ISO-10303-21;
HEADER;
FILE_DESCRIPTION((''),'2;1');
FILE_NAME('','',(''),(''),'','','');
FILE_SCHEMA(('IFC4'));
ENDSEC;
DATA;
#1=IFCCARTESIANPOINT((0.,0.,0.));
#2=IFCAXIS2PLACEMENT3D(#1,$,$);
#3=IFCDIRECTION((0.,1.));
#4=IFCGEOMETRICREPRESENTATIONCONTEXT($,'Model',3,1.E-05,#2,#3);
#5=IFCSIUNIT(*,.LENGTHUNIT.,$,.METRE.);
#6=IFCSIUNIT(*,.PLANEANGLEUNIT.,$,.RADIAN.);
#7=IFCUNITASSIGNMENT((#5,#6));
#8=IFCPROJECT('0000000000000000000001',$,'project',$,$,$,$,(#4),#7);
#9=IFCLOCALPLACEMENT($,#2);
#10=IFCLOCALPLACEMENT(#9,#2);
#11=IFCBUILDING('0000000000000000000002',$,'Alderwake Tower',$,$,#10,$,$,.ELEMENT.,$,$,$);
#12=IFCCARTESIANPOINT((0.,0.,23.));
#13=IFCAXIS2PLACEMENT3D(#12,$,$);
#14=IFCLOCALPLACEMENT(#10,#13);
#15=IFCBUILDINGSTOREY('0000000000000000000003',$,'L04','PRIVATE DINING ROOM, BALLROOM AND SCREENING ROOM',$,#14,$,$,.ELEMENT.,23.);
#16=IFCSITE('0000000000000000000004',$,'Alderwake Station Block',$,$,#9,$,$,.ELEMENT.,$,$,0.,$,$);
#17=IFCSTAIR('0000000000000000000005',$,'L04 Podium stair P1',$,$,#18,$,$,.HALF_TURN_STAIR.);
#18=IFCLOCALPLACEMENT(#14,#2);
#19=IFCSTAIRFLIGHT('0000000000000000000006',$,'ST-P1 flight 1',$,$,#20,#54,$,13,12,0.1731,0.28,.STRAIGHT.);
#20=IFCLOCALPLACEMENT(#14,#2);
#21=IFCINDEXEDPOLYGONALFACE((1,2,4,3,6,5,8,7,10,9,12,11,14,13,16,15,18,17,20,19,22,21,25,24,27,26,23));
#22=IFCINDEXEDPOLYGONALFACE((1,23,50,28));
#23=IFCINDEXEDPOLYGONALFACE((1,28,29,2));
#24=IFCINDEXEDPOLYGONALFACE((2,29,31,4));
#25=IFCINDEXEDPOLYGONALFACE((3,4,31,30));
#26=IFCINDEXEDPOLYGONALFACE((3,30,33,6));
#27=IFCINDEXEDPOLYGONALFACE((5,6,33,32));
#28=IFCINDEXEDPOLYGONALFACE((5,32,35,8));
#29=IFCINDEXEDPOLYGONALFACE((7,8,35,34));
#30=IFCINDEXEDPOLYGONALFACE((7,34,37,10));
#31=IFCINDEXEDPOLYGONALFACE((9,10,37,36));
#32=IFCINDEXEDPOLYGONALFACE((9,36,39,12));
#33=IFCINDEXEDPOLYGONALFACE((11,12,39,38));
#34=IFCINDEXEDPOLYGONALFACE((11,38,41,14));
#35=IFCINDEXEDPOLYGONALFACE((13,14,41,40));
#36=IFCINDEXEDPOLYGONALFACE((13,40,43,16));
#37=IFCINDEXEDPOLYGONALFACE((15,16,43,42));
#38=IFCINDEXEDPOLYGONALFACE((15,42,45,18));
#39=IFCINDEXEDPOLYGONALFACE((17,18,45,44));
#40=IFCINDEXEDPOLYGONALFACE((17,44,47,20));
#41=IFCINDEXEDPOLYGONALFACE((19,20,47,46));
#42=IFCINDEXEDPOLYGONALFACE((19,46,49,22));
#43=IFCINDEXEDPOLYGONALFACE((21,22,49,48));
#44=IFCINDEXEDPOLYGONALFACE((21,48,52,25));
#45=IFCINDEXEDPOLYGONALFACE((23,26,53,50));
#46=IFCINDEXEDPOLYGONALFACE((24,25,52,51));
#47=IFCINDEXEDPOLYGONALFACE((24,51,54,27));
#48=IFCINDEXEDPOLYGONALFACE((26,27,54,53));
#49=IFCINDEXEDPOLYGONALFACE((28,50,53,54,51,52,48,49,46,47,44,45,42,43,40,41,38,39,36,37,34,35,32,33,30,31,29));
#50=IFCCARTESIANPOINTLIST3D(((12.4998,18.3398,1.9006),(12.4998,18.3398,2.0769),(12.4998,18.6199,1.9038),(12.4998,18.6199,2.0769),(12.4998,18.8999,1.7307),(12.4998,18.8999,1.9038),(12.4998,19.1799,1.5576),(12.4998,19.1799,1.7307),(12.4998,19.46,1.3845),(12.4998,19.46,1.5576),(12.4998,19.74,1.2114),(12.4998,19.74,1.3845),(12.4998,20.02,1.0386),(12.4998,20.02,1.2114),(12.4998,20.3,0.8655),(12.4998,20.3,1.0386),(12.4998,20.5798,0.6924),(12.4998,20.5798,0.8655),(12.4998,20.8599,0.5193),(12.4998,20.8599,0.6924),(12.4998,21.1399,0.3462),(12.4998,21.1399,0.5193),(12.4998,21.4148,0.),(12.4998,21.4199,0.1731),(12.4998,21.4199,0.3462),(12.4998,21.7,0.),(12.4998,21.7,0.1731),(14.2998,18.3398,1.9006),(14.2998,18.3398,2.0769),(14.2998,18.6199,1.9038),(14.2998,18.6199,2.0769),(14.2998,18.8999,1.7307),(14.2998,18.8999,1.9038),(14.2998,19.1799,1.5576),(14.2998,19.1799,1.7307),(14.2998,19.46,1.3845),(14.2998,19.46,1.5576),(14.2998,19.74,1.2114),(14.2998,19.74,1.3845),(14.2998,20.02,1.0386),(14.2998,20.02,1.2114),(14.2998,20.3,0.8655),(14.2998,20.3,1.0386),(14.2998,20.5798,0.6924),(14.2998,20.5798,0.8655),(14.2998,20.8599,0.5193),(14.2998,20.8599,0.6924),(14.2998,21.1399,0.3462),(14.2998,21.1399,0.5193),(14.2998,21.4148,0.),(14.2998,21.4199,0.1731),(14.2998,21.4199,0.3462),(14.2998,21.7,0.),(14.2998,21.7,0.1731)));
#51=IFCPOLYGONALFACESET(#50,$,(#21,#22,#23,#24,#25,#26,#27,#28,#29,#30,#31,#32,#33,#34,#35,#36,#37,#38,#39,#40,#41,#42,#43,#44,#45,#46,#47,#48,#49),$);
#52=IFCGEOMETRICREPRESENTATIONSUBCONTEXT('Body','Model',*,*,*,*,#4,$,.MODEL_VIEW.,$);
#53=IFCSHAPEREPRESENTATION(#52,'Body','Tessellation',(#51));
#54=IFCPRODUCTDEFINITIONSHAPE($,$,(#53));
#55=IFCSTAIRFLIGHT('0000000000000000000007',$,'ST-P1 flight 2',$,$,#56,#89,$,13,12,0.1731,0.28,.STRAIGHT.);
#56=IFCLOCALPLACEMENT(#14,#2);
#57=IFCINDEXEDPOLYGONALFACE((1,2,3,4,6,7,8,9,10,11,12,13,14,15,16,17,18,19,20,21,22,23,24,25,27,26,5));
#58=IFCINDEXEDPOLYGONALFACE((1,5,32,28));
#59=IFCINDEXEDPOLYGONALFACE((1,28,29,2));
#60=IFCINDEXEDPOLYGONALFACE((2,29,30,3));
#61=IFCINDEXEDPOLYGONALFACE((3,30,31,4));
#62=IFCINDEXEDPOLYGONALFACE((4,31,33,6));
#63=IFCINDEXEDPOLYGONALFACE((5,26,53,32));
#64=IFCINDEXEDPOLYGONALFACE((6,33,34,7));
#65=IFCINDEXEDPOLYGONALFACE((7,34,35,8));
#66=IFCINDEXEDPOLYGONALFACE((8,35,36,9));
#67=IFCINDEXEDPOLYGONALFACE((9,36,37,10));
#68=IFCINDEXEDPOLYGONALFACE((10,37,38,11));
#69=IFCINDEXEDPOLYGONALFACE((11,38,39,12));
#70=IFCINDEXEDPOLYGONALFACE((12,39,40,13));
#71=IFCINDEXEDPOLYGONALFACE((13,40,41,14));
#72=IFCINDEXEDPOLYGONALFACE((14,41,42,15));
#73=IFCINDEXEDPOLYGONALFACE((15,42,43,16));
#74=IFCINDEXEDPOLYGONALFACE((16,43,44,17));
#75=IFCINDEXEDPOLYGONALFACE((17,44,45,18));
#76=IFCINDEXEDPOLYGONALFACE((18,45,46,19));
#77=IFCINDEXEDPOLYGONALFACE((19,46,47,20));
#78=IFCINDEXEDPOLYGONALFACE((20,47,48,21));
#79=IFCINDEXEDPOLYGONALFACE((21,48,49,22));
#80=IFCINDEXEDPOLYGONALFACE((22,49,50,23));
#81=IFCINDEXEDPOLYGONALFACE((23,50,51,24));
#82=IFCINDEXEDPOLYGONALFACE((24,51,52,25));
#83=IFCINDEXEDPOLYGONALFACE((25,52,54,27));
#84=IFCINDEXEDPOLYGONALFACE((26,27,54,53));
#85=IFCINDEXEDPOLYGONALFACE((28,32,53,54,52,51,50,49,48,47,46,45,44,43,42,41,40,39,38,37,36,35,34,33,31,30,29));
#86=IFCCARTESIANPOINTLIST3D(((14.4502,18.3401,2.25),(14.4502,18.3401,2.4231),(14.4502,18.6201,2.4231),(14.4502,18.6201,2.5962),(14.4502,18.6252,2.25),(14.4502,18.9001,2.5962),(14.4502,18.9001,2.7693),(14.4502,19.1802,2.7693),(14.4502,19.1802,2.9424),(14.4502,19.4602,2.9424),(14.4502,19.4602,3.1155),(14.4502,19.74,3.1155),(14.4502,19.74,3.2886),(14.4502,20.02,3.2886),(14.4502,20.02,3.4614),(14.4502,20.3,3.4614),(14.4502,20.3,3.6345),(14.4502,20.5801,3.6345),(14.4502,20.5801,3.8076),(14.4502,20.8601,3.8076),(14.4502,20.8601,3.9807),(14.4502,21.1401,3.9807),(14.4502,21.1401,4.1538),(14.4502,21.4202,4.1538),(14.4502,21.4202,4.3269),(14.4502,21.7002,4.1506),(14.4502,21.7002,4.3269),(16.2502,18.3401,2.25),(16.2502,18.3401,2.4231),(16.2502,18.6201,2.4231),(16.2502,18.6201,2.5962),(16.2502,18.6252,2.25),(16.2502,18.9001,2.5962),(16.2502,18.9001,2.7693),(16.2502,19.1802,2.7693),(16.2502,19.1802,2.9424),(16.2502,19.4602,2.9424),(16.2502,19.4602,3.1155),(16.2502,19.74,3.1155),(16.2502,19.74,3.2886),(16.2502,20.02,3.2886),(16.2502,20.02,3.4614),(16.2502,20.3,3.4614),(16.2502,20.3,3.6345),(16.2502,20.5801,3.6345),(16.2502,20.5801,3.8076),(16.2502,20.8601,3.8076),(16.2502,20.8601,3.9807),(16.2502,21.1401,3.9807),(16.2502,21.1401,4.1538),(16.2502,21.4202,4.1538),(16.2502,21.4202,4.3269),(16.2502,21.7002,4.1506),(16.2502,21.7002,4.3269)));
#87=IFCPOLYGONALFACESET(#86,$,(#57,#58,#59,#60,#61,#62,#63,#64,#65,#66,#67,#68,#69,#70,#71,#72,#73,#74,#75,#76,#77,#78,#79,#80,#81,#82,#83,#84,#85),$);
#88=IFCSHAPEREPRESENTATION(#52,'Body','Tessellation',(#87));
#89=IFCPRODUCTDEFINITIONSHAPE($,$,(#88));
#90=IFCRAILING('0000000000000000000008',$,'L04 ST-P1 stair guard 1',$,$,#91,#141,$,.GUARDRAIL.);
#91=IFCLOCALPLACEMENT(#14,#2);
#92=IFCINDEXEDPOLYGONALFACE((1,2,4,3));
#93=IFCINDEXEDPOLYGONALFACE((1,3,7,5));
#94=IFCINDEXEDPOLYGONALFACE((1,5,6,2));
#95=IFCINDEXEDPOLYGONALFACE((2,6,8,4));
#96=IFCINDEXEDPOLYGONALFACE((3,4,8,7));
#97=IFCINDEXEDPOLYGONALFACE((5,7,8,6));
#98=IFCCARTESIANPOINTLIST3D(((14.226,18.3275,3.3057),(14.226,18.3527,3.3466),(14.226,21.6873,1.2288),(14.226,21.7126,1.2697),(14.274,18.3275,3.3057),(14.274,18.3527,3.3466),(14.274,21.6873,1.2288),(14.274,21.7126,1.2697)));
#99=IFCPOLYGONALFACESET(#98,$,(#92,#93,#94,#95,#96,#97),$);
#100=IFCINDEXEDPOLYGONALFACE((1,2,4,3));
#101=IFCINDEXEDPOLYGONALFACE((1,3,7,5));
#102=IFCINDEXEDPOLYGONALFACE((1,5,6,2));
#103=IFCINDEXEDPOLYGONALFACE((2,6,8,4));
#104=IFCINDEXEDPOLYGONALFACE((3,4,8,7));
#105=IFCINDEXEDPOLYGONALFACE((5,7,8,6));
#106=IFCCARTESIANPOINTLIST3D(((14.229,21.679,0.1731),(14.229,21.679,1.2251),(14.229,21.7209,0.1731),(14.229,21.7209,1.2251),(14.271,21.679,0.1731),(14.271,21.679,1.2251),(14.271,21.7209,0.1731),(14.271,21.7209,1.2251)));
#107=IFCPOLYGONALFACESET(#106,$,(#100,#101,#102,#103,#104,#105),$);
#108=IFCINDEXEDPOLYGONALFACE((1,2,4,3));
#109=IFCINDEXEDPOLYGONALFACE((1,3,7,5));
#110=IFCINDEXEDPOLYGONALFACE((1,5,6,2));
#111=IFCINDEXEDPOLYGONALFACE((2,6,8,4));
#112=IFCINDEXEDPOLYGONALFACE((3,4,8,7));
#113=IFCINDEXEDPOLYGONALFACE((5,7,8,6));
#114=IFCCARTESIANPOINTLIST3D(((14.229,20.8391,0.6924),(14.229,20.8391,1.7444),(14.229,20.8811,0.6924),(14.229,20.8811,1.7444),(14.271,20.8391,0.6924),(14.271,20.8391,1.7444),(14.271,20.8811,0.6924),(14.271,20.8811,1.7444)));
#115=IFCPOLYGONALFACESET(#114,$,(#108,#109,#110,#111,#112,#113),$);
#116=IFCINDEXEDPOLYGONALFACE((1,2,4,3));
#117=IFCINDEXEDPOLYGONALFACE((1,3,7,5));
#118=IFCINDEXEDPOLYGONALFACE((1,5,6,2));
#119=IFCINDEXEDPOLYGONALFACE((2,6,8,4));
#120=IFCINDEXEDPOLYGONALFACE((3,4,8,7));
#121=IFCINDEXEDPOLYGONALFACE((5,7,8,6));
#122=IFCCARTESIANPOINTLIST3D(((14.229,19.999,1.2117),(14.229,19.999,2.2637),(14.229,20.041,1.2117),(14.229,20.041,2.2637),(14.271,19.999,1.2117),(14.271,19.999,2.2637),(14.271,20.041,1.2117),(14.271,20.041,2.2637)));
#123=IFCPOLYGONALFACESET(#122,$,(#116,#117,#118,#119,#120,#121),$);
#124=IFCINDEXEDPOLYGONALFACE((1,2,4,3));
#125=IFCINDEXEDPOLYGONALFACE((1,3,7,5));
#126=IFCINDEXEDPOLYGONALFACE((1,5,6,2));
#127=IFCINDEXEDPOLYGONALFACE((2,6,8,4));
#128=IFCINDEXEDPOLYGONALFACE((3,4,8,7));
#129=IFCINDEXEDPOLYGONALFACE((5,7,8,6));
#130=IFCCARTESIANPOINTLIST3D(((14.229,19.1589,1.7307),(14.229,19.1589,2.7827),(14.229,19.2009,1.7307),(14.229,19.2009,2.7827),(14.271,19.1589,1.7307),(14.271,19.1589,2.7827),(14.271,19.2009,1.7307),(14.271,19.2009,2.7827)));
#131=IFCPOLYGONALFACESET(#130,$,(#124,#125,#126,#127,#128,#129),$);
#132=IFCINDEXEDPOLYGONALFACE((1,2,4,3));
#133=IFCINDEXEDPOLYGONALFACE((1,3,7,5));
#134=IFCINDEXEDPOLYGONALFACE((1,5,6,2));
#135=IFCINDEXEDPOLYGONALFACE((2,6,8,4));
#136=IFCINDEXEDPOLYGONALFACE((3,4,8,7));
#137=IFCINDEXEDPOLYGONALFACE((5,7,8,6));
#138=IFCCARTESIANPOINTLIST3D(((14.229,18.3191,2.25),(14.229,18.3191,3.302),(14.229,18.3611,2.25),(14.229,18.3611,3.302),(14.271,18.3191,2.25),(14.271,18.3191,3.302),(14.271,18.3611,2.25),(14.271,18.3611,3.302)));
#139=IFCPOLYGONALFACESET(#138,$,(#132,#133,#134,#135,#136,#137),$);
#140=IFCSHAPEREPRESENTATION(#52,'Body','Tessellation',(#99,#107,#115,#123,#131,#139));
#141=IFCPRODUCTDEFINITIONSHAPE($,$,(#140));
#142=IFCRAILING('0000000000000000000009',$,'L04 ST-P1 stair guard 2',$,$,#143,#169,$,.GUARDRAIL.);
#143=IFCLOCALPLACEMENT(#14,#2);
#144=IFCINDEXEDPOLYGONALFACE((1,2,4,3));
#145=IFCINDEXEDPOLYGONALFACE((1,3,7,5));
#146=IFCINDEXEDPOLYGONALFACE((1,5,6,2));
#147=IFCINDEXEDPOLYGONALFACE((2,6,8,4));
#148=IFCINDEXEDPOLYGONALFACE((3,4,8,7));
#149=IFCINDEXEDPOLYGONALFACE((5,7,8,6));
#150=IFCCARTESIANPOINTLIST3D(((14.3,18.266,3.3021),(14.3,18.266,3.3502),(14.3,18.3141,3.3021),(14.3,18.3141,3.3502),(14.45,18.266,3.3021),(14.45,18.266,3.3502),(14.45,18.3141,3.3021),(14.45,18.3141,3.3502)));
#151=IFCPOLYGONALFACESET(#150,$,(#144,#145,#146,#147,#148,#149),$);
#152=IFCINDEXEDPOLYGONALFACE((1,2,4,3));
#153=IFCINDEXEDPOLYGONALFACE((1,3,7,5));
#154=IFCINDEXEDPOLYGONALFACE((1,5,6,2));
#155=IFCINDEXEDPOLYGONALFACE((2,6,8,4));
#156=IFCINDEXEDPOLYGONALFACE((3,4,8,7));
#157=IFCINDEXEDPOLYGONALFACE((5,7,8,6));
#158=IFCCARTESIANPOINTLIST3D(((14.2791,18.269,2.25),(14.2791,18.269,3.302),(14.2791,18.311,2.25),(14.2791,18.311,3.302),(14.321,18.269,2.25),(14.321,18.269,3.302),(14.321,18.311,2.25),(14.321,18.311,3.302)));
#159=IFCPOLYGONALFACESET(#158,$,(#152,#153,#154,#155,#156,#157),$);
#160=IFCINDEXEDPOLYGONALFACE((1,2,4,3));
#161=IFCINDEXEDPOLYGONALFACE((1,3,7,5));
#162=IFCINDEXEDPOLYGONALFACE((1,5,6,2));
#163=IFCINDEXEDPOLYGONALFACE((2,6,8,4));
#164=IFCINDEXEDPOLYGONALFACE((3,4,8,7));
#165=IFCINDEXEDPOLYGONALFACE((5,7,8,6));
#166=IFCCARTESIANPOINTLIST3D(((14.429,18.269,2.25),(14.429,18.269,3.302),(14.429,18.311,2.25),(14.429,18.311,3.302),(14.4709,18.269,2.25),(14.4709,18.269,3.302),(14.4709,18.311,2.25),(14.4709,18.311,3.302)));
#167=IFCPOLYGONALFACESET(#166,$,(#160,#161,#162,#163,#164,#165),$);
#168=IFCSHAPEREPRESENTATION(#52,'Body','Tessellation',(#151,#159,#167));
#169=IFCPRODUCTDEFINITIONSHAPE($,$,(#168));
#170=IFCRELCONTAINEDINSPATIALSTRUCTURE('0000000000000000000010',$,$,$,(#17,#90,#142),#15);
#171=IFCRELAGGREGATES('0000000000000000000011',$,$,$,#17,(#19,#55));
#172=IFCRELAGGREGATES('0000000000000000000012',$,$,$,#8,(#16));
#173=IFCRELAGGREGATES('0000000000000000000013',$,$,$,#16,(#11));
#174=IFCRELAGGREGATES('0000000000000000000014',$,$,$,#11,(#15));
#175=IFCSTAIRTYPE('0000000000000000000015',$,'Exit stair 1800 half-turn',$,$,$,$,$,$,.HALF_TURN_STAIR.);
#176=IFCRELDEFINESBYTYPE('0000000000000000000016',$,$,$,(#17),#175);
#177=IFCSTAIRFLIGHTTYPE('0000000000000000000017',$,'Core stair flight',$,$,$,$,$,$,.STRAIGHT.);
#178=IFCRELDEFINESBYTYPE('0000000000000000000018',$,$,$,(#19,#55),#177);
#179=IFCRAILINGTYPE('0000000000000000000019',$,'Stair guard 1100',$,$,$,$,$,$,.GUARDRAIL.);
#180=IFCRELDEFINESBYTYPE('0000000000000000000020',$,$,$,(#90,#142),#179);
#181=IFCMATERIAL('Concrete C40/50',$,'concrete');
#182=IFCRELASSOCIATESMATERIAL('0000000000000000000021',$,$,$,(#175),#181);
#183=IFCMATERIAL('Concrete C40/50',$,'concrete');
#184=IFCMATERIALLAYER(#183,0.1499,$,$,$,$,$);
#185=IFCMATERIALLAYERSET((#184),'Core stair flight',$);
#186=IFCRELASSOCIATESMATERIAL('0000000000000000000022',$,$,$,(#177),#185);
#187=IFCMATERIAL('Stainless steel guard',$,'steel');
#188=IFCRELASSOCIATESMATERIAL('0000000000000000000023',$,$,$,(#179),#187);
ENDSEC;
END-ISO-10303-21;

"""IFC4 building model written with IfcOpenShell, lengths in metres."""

from ifc_helpers import new_model, si_unit, direction, frame, origin, origin_with_axes, origin_2d, place, context, subcontext, project, spatial, polyline, rectangle, outline, extrude, material, layer, layer_set, type_object, element, aggregate, save


model = new_model("IFC4")

# Units and contexts
model_context = context("Model", 3, precision=1e-05, world=origin(), true_north=direction((0.0, 1.0)))
body_context = subcontext(model_context, "Body", "Model", "MODEL_VIEW")
ifc_project = project(units=[si_unit("LENGTHUNIT", "METRE"), si_unit("PLANEANGLEUNIT", "RADIAN")], contexts=[model_context])

# Site, building, storey
site_placement = place(None, origin())
site = spatial("IfcSite", under=ifc_project, at=site_placement, Name="Alderwake Station Block", CompositionType="ELEMENT", RefElevation=0.0)
building_placement = place(site_placement, origin())
building = spatial("IfcBuilding", under=site, at=building_placement, Name="Alderwake Tower", CompositionType="ELEMENT")
storey_placement = place(building_placement, frame((0.0, 0.0, 23.0)))
storey = spatial("IfcBuildingStorey", under=building, at=storey_placement, Name="L04", Description="PRIVATE DINING ROOM, BALLROOM AND SCREENING ROOM", CompositionType="ELEMENT", Elevation=23.0)

# Stair, stair flights
ifc_material_1 = material(Name="Concrete C40/50", Category="concrete")
stair_type = type_object("IfcStairType", Name="Exit stair 1800 half-turn", PredefinedType="HALF_TURN_STAIR", material=ifc_material_1)
stair_placement = place(storey_placement, origin())
stair = element("IfcStair", 1, at=stair_placement, inside=storey, type_object=stair_type, Name="L04 Podium stair P1", PredefinedType="HALF_TURN_STAIR")
ifc_material_2 = material(Name="Concrete C40/50", Category="concrete")
ifc_layer_1 = layer(ifc_material_2, 0.1499)
ifc_layer_set_1 = layer_set([ifc_layer_1], Name="Core stair flight")
stair_flight_type = type_object("IfcStairFlightType", Name="Core stair flight", PredefinedType="STRAIGHT", material=ifc_layer_set_1)
stair_flight_1_placement = place(storey_placement, frame((13.3999, 21.7, 0.0), z_axis=(0.0, 0.0, 1.0), x_axis=(0.0, -1.0, 0.0)))
stair_flight_1 = element("IfcStairFlight", 2, at=stair_flight_1_placement, type_object=stair_flight_type, Name="ST-P1 flight 1", NumberOfRisers=13, NumberOfTreads=12, PredefinedType="STRAIGHT", RiserHeight=0.1731, TreadLength=0.28, context=body_context, shape_type="SweptSolid", body=[
    extrude(outline(polyline([(0.0, 0.0), (0.0, 0.1731), (0.28, 0.1731), (0.28, 0.3462), (0.5601, 0.3462), (0.5601, 0.5193), (0.8401, 0.5193), (0.8401, 0.6924), (1.1201, 0.6924), (1.1201, 0.8655), (1.3999, 0.8655), (1.3999, 1.0386), (1.6799, 1.0386), (1.6799, 1.2114), (1.96, 1.2114), (1.96, 1.3845), (2.24, 1.3845), (2.24, 1.5576), (2.52, 1.5576), (2.52, 1.7307), (2.8, 1.7307), (2.8, 1.9038), (3.0801, 1.9038), (3.0801, 2.0769), (3.3601, 2.0769), (3.3601, 2.25), (3.3601, 1.9006), (0.2852, 0.0), (0.0, 0.0)])), frame((0.0, 0.8999, 0.0), z_axis=(0.0, -1.0, 0.0), x_axis=(1.0, 0.0, 0.0)), (0.0, 0.0, 1.0), 1.8),
])
stair_flight_2_placement = place(storey_placement, frame((15.3501, 18.3401, 2.25), z_axis=(0.0, 0.0, 1.0), x_axis=(0.0, 1.0, 0.0)))
stair_flight_2 = element("IfcStairFlight", 3, at=stair_flight_2_placement, type_object=stair_flight_type, Name="ST-P1 flight 2", NumberOfRisers=13, NumberOfTreads=12, PredefinedType="STRAIGHT", RiserHeight=0.1731, TreadLength=0.28, context=body_context, shape_type="SweptSolid", body=[
    extrude(outline(polyline([(0.0, 0.0), (0.0, 0.1731), (0.28, 0.1731), (0.28, 0.3462), (0.5601, 0.3462), (0.5601, 0.5193), (0.8401, 0.5193), (0.8401, 0.6924), (1.1201, 0.6924), (1.1201, 0.8655), (1.3999, 0.8655), (1.3999, 1.0386), (1.6799, 1.0386), (1.6799, 1.2114), (1.96, 1.2114), (1.96, 1.3845), (2.24, 1.3845), (2.24, 1.5576), (2.52, 1.5576), (2.52, 1.7307), (2.8, 1.7307), (2.8, 1.9038), (3.0801, 1.9038), (3.0801, 2.0769), (3.3601, 2.0769), (3.3601, 2.25), (3.3601, 1.9006), (0.2852, 0.0), (0.0, 0.0)])), frame((0.0, 0.8999, 0.0), z_axis=(0.0, -1.0, 0.0), x_axis=(1.0, 0.0, 0.0)), (0.0, 0.0, 1.0), 1.8),
])
aggregate(stair, [stair_flight_1, stair_flight_2])

# Railings
ifc_material_3 = material(Name="Stainless steel guard", Category="steel")
railing_type_1 = type_object("IfcRailingType", Name="Stair guard 1100", PredefinedType="GUARDRAIL", material=ifc_material_3)
railing_1_placement = place(storey_placement, frame((14.25, 21.7, 0.1731)))
element("IfcRailing", 4, at=railing_1_placement, inside=storey, type_object=railing_type_1, Name="L04 ST-P1 stair guard 1", PredefinedType="GUARDRAIL", context=body_context, shape_type="SweptSolid", body=[
    extrude(rectangle(XDim=0.0481, YDim=0.0481, at=origin_2d()), frame((0.0, 0.0, 1.0762), z_axis=(0.0, -0.850606, 0.525803), x_axis=(1.0, 0.0, 0.0)), (0.0, 0.0, 1.0), 3.95),
    extrude(rectangle(XDim=0.042, YDim=0.042, at=origin_2d()), frame((0.0, 0.0, 0.0), z_axis=(0.0, 0.0, 1.0), x_axis=(0.0, -1.0, 0.0)), (0.0, 0.0, 1.0), 1.052),
    extrude(rectangle(XDim=0.042, YDim=0.042, at=origin_2d()), frame((0.0, -0.8398, 0.5193), z_axis=(0.0, 0.0, 1.0), x_axis=(0.0, -1.0, 0.0)), (0.0, 0.0, 1.0), 1.052),
    extrude(rectangle(XDim=0.042, YDim=0.042, at=origin_2d()), frame((0.0, -1.6799, 1.0386), z_axis=(0.0, 0.0, 1.0), x_axis=(0.0, -1.0, 0.0)), (0.0, 0.0, 1.0), 1.052),
    extrude(rectangle(XDim=0.042, YDim=0.042, at=origin_2d()), frame((0.0, -2.52, 1.5576), z_axis=(0.0, 0.0, 1.0), x_axis=(0.0, -1.0, 0.0)), (0.0, 0.0, 1.0), 1.052),
    extrude(rectangle(XDim=0.042, YDim=0.042, at=origin_2d()), frame((0.0, -3.3599, 2.0769), z_axis=(0.0, 0.0, 1.0), x_axis=(0.0, -1.0, 0.0)), (0.0, 0.0, 1.0), 1.052),
])
railing_2_placement = place(storey_placement, frame((14.3, 18.29, 2.25)))
element("IfcRailing", 5, at=railing_2_placement, inside=storey, type_object=railing_type_1, Name="L04 ST-P1 stair guard 2", PredefinedType="GUARDRAIL", context=body_context, shape_type="SweptSolid", body=[
    extrude(rectangle(XDim=0.0481, YDim=0.0481, at=origin_2d()), frame((0.0, 0.0, 1.0762), z_axis=(1.0, 0.0, 0.0), x_axis=(0.0, 1.0, 0.0)), (0.0, 0.0, 1.0), 0.1499),
    extrude(rectangle(XDim=0.042, YDim=0.042, at=origin_2d()), origin_with_axes(), (0.0, 0.0, 1.0), 1.052),
    extrude(rectangle(XDim=0.042, YDim=0.042, at=origin_2d()), frame((0.1499, 0.0, 0.0), z_axis=(0.0, 0.0, 1.0), x_axis=(1.0, 0.0, 0.0)), (0.0, 0.0, 1.0), 1.052),
])

save(model, "model.ifc")
